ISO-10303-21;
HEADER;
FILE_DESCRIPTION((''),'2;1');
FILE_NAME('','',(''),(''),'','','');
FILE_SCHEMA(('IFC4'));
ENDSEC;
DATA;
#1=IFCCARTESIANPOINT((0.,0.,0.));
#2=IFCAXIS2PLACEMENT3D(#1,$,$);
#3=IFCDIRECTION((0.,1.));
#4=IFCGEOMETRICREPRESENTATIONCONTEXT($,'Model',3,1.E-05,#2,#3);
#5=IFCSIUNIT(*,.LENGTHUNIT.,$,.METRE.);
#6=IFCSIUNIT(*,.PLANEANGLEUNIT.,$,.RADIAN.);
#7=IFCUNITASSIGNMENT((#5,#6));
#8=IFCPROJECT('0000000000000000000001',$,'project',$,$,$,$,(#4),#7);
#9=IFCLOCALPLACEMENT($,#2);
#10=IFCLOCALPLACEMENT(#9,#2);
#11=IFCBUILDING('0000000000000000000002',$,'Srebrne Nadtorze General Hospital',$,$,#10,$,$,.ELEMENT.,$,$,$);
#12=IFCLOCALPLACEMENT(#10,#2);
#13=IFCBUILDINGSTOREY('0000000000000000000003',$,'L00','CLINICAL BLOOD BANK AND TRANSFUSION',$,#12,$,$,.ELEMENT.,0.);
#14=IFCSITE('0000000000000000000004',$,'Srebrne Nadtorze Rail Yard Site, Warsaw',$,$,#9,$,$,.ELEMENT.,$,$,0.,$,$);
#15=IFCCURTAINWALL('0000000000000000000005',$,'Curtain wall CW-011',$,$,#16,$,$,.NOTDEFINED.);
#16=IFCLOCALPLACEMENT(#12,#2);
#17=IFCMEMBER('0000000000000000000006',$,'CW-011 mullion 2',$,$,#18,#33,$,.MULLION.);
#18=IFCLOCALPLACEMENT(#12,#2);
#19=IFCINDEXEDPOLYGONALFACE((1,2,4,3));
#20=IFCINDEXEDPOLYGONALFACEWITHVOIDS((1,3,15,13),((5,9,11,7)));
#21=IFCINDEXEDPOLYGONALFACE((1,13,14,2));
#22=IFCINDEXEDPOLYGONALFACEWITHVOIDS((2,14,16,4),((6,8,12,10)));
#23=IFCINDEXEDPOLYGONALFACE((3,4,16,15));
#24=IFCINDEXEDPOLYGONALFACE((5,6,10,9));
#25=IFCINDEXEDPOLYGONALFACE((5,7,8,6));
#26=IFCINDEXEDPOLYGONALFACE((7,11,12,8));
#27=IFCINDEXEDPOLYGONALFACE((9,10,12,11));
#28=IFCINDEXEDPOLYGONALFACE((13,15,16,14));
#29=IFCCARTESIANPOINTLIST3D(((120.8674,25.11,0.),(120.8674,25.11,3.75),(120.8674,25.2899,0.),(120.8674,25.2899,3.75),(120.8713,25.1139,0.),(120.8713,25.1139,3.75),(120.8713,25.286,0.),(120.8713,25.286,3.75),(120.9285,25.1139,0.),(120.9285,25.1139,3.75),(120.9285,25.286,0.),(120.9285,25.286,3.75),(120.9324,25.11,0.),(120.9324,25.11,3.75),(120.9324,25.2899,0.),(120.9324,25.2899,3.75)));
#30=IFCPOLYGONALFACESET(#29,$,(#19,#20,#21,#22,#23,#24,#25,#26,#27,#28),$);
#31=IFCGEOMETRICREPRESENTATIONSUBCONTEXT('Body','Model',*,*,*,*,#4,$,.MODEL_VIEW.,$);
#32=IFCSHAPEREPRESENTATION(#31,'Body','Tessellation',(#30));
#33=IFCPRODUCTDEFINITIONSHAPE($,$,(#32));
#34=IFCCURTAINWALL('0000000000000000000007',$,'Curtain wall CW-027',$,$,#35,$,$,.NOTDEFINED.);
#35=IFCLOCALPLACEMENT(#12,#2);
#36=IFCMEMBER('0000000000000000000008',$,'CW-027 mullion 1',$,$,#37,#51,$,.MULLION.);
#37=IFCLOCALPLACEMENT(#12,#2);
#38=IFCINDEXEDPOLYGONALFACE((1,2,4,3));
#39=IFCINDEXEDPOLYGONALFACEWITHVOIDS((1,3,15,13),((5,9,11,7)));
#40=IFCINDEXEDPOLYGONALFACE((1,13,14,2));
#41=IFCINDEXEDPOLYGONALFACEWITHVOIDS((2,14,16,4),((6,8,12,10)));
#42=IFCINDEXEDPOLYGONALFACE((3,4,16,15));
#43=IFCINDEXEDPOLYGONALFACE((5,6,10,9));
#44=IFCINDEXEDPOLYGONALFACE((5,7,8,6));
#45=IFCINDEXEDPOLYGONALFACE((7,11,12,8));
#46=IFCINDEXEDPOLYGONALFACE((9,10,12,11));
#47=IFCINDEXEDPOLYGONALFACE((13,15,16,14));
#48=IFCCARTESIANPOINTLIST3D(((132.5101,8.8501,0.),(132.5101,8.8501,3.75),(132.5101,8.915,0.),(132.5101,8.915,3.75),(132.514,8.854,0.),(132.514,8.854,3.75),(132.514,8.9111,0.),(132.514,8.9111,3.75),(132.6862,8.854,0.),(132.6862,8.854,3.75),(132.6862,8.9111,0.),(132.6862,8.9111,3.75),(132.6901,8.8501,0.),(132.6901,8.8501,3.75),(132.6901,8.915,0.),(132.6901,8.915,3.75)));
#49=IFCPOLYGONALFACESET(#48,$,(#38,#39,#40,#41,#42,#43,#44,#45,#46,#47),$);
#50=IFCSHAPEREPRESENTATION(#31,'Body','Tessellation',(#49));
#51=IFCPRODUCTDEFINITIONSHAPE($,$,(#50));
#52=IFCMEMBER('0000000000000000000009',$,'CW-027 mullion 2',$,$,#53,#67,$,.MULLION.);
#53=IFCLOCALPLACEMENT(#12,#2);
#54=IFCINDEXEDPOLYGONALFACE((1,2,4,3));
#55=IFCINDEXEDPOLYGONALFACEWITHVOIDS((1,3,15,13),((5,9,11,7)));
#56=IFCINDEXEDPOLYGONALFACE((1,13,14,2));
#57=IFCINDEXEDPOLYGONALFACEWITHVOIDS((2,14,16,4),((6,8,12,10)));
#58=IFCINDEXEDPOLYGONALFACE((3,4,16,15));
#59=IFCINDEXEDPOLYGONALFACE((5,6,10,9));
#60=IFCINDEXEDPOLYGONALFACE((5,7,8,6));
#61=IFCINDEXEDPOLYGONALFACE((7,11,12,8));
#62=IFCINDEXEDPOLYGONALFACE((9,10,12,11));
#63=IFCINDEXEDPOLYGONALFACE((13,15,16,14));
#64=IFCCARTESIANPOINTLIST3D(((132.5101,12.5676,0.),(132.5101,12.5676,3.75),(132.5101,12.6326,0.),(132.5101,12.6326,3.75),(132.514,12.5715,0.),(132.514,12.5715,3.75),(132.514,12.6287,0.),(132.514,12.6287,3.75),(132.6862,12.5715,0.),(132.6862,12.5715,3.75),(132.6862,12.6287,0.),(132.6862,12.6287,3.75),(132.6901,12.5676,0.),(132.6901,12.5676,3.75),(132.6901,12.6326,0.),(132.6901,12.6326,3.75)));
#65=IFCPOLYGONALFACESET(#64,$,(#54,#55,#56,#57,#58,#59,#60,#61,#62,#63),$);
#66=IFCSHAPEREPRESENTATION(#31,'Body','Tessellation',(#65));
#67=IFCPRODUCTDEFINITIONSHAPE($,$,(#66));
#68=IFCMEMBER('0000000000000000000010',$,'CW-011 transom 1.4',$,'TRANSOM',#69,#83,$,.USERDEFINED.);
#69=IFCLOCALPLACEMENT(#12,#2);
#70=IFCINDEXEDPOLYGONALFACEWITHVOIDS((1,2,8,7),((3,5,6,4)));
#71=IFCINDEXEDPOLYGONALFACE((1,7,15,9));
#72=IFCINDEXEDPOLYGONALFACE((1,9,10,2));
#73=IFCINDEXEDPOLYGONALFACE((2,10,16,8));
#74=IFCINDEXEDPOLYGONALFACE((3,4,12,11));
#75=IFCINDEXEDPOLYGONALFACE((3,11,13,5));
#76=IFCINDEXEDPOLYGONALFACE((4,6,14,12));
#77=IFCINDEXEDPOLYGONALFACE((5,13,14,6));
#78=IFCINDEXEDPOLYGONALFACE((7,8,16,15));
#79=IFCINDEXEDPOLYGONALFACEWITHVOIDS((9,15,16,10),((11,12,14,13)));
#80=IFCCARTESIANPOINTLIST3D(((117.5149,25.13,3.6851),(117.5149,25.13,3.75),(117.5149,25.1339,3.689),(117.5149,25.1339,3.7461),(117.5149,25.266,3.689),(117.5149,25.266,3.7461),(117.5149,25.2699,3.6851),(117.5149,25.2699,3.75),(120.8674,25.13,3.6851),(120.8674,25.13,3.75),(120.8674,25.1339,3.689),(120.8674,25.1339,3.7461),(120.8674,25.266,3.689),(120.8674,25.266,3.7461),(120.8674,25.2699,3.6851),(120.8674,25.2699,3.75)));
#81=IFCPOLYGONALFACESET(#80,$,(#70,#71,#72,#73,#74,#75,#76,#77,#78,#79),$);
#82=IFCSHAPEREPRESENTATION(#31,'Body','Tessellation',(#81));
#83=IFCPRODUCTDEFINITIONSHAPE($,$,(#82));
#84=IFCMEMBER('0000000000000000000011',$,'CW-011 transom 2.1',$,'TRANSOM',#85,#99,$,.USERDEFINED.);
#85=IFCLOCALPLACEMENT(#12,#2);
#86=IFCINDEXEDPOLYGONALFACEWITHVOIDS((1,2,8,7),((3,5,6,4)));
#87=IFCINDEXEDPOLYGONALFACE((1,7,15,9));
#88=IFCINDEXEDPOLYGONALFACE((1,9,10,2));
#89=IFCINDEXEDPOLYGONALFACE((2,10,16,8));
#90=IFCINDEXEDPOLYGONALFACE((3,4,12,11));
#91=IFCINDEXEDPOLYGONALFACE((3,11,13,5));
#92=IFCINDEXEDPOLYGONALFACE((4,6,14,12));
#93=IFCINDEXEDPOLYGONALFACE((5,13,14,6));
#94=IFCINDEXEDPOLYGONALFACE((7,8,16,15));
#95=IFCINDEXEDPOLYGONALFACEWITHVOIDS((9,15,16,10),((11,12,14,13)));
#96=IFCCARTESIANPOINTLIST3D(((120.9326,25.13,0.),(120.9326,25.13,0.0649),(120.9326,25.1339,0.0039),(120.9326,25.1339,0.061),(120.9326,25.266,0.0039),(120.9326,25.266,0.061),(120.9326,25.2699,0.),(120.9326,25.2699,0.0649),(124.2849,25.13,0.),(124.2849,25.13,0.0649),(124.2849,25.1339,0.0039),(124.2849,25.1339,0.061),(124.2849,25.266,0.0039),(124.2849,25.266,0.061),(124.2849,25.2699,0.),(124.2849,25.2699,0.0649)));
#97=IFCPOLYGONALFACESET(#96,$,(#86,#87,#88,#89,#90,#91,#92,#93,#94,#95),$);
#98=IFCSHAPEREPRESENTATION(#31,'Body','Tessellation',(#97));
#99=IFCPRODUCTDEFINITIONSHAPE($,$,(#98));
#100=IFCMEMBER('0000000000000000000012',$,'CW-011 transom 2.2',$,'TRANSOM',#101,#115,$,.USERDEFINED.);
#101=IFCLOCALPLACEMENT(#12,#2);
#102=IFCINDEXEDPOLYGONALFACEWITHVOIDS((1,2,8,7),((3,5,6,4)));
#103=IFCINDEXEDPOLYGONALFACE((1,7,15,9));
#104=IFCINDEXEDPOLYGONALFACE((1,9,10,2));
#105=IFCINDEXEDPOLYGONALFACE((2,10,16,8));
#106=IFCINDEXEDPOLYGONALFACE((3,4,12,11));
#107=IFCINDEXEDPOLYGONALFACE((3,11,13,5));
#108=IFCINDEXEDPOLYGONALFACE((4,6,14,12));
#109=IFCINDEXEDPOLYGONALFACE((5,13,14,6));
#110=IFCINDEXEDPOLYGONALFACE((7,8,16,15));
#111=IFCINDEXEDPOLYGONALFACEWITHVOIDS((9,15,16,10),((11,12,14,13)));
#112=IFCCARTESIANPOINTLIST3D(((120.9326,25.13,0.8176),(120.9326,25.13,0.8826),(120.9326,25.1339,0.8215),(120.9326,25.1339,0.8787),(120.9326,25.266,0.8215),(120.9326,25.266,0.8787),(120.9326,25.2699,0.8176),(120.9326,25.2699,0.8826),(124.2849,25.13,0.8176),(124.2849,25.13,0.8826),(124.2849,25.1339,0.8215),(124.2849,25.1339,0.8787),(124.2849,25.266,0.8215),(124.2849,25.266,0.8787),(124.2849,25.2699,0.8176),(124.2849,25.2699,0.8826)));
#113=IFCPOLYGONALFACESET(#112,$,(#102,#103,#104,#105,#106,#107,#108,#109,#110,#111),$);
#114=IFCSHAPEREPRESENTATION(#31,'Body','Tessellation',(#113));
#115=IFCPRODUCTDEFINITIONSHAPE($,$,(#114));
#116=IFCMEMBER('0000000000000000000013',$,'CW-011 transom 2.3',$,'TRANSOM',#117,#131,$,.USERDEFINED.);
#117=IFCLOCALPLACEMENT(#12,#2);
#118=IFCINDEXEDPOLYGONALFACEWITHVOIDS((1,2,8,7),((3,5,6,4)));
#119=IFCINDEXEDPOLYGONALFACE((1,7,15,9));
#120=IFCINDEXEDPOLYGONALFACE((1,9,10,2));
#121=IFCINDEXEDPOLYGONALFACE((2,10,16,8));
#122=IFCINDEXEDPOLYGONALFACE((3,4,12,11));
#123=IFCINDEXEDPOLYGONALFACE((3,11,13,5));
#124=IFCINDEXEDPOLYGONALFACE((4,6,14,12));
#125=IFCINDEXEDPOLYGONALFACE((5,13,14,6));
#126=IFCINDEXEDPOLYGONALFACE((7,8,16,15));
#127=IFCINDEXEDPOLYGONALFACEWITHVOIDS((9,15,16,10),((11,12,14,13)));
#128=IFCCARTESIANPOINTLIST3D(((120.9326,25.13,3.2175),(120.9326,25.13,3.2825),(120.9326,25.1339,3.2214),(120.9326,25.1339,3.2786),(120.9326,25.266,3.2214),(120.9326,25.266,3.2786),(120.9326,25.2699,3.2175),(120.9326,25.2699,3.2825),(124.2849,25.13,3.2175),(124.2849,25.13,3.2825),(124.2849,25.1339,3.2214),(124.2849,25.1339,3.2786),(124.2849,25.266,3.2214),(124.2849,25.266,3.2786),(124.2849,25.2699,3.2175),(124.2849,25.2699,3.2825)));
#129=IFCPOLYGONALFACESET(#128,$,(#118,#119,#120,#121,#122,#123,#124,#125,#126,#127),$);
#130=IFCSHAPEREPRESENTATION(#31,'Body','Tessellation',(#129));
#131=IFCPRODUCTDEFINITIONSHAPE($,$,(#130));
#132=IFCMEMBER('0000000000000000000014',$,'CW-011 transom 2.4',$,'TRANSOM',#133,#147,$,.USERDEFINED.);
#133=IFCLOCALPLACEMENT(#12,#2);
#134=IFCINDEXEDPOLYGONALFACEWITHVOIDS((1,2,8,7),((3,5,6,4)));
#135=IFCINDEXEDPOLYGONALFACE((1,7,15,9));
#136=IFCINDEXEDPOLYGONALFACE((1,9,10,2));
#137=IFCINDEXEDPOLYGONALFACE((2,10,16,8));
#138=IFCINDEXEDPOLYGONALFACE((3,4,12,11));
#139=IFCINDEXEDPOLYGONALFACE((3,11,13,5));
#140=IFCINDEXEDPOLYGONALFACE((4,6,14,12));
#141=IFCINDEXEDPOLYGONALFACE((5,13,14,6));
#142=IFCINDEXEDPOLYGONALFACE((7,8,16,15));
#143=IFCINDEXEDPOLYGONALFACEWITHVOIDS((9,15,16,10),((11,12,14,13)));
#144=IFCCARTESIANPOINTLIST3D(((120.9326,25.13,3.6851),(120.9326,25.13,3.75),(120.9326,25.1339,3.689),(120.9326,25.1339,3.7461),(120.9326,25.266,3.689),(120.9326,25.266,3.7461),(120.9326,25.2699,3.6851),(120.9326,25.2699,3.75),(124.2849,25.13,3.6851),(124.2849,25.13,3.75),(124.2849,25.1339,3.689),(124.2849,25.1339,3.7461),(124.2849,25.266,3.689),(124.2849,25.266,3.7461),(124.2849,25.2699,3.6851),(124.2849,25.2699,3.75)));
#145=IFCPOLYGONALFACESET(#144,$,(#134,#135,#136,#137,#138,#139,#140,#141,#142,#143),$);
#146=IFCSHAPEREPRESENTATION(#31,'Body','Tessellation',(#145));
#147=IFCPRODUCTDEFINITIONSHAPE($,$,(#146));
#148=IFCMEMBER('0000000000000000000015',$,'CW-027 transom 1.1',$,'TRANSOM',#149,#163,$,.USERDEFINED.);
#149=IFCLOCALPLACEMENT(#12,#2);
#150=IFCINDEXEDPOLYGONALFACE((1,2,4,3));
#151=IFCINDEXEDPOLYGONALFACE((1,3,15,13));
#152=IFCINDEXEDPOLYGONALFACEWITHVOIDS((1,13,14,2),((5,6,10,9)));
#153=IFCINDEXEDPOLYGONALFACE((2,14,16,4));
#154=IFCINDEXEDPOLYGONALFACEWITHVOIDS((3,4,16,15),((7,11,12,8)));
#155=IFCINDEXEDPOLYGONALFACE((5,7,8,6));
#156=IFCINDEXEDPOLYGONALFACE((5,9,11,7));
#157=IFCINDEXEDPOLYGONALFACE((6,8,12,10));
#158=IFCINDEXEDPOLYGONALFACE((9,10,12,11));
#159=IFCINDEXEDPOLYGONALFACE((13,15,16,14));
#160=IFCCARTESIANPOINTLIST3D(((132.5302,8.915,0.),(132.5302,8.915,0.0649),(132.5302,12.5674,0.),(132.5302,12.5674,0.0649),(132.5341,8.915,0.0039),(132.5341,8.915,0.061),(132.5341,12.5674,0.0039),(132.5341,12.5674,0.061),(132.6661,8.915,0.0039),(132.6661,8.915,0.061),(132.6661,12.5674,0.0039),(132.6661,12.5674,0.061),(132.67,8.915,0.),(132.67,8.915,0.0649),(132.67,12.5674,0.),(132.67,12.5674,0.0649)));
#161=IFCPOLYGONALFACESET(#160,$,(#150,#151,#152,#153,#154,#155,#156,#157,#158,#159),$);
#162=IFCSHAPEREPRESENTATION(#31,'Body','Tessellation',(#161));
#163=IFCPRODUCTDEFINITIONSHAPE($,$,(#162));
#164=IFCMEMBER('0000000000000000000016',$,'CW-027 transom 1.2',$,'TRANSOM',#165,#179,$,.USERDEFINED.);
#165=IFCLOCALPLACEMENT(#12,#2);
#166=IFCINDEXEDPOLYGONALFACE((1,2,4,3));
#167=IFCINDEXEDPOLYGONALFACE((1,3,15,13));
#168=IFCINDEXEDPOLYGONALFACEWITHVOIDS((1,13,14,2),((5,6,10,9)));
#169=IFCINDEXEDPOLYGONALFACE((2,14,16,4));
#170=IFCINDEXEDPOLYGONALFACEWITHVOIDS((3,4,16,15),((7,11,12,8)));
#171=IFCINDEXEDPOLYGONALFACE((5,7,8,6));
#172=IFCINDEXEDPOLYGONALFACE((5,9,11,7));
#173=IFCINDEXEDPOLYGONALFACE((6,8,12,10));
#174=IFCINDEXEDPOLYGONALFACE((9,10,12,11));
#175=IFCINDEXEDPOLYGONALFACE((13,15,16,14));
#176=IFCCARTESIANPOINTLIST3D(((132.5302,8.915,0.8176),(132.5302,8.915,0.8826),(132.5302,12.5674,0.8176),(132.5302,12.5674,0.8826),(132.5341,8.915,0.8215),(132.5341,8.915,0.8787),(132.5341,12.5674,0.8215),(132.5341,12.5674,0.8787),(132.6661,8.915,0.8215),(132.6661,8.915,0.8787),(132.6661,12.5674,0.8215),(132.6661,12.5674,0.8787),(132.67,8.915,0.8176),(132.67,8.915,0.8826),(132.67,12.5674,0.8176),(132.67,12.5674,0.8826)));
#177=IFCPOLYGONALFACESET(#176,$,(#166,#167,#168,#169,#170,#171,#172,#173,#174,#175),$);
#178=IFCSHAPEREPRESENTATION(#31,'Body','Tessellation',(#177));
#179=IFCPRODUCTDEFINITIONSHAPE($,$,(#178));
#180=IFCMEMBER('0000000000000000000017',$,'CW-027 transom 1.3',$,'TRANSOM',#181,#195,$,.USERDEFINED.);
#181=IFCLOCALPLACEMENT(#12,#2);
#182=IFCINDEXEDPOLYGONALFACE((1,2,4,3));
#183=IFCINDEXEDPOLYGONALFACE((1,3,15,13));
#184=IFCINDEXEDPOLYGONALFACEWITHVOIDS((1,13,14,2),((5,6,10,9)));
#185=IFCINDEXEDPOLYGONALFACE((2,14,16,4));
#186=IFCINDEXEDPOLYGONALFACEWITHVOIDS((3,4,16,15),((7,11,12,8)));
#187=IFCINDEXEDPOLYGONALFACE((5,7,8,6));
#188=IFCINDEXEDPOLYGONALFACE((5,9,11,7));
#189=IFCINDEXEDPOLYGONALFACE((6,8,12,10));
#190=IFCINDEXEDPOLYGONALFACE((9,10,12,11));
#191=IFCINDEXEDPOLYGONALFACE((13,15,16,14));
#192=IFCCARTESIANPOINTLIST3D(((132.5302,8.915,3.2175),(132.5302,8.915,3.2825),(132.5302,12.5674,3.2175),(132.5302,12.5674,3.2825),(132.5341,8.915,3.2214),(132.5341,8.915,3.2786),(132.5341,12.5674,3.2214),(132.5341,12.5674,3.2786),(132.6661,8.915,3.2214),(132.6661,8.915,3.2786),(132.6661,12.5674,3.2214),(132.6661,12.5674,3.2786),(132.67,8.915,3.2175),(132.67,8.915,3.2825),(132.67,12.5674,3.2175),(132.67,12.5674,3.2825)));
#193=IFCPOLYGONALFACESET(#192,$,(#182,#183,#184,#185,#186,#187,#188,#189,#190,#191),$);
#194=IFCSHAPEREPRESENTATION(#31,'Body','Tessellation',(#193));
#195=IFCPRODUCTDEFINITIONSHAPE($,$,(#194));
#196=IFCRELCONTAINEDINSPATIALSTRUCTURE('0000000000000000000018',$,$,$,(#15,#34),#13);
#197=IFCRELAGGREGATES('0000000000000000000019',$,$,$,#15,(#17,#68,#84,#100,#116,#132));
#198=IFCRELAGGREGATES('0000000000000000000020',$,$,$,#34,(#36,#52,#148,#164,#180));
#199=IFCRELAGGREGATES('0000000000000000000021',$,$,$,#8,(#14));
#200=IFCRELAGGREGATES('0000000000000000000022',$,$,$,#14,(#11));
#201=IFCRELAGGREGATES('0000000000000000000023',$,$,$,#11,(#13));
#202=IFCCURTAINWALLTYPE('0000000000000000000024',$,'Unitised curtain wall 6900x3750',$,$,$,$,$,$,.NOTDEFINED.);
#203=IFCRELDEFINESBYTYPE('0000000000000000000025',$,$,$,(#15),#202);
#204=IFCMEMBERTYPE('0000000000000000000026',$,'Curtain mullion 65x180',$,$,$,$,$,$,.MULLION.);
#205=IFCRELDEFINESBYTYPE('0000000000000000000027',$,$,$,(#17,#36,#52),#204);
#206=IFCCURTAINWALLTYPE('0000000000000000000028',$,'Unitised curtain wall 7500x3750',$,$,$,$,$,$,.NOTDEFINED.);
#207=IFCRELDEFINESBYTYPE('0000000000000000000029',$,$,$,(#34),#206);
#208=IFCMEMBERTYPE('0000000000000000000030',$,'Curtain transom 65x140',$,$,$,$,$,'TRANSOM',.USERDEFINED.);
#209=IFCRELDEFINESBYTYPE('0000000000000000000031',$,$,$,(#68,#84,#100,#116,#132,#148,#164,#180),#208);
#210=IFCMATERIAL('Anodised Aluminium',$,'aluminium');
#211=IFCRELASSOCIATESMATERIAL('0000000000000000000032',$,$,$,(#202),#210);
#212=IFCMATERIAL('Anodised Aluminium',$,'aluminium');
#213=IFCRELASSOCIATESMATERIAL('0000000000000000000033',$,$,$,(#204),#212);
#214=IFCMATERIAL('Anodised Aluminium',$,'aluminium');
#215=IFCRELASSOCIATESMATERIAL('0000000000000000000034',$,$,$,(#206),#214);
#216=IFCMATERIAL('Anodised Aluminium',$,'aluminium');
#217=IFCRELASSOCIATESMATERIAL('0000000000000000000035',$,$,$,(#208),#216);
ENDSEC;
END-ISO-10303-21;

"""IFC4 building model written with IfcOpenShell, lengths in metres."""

from ifc_helpers import new_model, si_unit, direction, frame, origin, origin_2d, place, context, subcontext, project, spatial, hollow_rectangle, extrude, material, material_profile, profile_set, type_object, element, aggregate, save


model = new_model("IFC4")

# Units and contexts
model_context = context("Model", 3, precision=1e-05, world=origin(), true_north=direction((0.0, 1.0)))
body_context = subcontext(model_context, "Body", "Model", "MODEL_VIEW")
ifc_project = project(units=[si_unit("LENGTHUNIT", "METRE"), si_unit("PLANEANGLEUNIT", "RADIAN")], contexts=[model_context])

# Site, building, storey
site_placement = place(None, origin())
site = spatial("IfcSite", under=ifc_project, at=site_placement, Name="Srebrne Nadtorze Rail Yard Site, Warsaw", CompositionType="ELEMENT", RefElevation=0.0)
building_placement = place(site_placement, origin())
building = spatial("IfcBuilding", under=site, at=building_placement, Name="Srebrne Nadtorze General Hospital", CompositionType="ELEMENT")
storey_placement = place(building_placement, origin())
storey = spatial("IfcBuildingStorey", under=building, at=storey_placement, Name="L00", Description="CLINICAL BLOOD BANK AND TRANSFUSION", CompositionType="ELEMENT", Elevation=0.0)

# Curtain wall, member
ifc_material_1 = material(Name="Anodised Aluminium", Category="aluminium")
curtain_wall_type_1 = type_object("IfcCurtainWallType", Name="Unitised curtain wall 6900x3750", PredefinedType="NOTDEFINED", material=ifc_material_1)
curtain_wall_1_placement = place(storey_placement, origin())
curtain_wall_1 = element("IfcCurtainWall", 1, at=curtain_wall_1_placement, inside=storey, type_object=curtain_wall_type_1, Name="Curtain wall CW-011", PredefinedType="NOTDEFINED")
ifc_material_2 = material(Name="Anodised Aluminium", Category="aluminium")
ifc_material_profile_1 = material_profile(ifc_material_2, hollow_rectangle(XDim=0.0649, YDim=0.1799, WallThickness=0.0039, at=origin_2d()), Name="AL-MUL-65x180")
ifc_profile_set_1 = profile_set([ifc_material_profile_1], Name="Anodised Aluminium")
member_type_1 = type_object("IfcMemberType", Name="Curtain mullion 65x180", PredefinedType="MULLION", material=ifc_profile_set_1)
member_1_placement = place(storey_placement, frame((120.8999, 25.2, 0.0), z_axis=(0.0, 0.0, 1.0), x_axis=(1.0, 0.0, 0.0)))
member_1 = element("IfcMember", 2, at=member_1_placement, type_object=member_type_1, Name="CW-011 mullion 2", PredefinedType="MULLION", context=body_context, shape_type="SweptSolid", body=[
    extrude(hollow_rectangle(XDim=0.0649, YDim=0.1799, WallThickness=0.0039, at=origin_2d()), origin(), (0.0, 0.0, 1.0), 3.75),
])

# Curtain wall, members
ifc_material_3 = material(Name="Anodised Aluminium", Category="aluminium")
curtain_wall_type_2 = type_object("IfcCurtainWallType", Name="Unitised curtain wall 7500x3750", PredefinedType="NOTDEFINED", material=ifc_material_3)
curtain_wall_2_placement = place(storey_placement, origin())
curtain_wall_2 = element("IfcCurtainWall", 3, at=curtain_wall_2_placement, inside=storey, type_object=curtain_wall_type_2, Name="Curtain wall CW-027", PredefinedType="NOTDEFINED")
member_2_placement = place(storey_placement, frame((132.6001, 8.8826, 0.0), z_axis=(0.0, 0.0, 1.0), x_axis=(0.0, 1.0, 0.0)))
member_2 = element("IfcMember", 4, at=member_2_placement, type_object=member_type_1, Name="CW-027 mullion 1", PredefinedType="MULLION", context=body_context, shape_type="SweptSolid", body=[
    extrude(hollow_rectangle(XDim=0.0649, YDim=0.1799, WallThickness=0.0039, at=origin_2d()), origin(), (0.0, 0.0, 1.0), 3.75),
])
member_3_placement = place(storey_placement, frame((132.6001, 12.6001, 0.0), z_axis=(0.0, 0.0, 1.0), x_axis=(0.0, 1.0, 0.0)))
member_3 = element("IfcMember", 5, at=member_3_placement, type_object=member_type_1, Name="CW-027 mullion 2", PredefinedType="MULLION", context=body_context, shape_type="SweptSolid", body=[
    extrude(hollow_rectangle(XDim=0.0649, YDim=0.1799, WallThickness=0.0039, at=origin_2d()), origin(), (0.0, 0.0, 1.0), 3.75),
])

# Members
ifc_material_4 = material(Name="Anodised Aluminium", Category="aluminium")
ifc_material_profile_2 = material_profile(ifc_material_4, hollow_rectangle(XDim=0.0649, YDim=0.1399, WallThickness=0.0039, at=origin_2d()), Name="AL-TRN-65x140")
ifc_profile_set_2 = profile_set([ifc_material_profile_2], Name="Anodised Aluminium")
member_type_2 = type_object("IfcMemberType", Name="Curtain transom 65x140", ElementType="TRANSOM", PredefinedType="USERDEFINED", material=ifc_profile_set_2)
member_4_placement = place(storey_placement, frame((117.5149, 25.2, 3.7175), z_axis=(1.0, 0.0, 0.0), x_axis=(0.0, 0.0, 1.0)))
member_4 = element("IfcMember", 6, at=member_4_placement, type_object=member_type_2, Name="CW-011 transom 1.4", ObjectType="TRANSOM", PredefinedType="USERDEFINED", context=body_context, shape_type="SweptSolid", body=[
    extrude(hollow_rectangle(XDim=0.0649, YDim=0.1399, WallThickness=0.0039, at=origin_2d()), origin(), (0.0, 0.0, 1.0), 3.3525),
])
member_5_placement = place(storey_placement, frame((120.9326, 25.2, 0.0325), z_axis=(1.0, 0.0, 0.0), x_axis=(0.0, 0.0, 1.0)))
member_5 = element("IfcMember", 7, at=member_5_placement, type_object=member_type_2, Name="CW-011 transom 2.1", ObjectType="TRANSOM", PredefinedType="USERDEFINED", context=body_context, shape_type="SweptSolid", body=[
    extrude(hollow_rectangle(XDim=0.0649, YDim=0.1399, WallThickness=0.0039, at=origin_2d()), origin(), (0.0, 0.0, 1.0), 3.3523),
])
member_6_placement = place(storey_placement, frame((120.9326, 25.2, 0.8501), z_axis=(1.0, 0.0, 0.0), x_axis=(0.0, 0.0, 1.0)))
member_6 = element("IfcMember", 8, at=member_6_placement, type_object=member_type_2, Name="CW-011 transom 2.2", ObjectType="TRANSOM", PredefinedType="USERDEFINED", context=body_context, shape_type="SweptSolid", body=[
    extrude(hollow_rectangle(XDim=0.0649, YDim=0.1399, WallThickness=0.0039, at=origin_2d()), origin(), (0.0, 0.0, 1.0), 3.3523),
])
member_7_placement = place(storey_placement, frame((120.9326, 25.2, 3.25), z_axis=(1.0, 0.0, 0.0), x_axis=(0.0, 0.0, 1.0)))
member_7 = element("IfcMember", 9, at=member_7_placement, type_object=member_type_2, Name="CW-011 transom 2.3", ObjectType="TRANSOM", PredefinedType="USERDEFINED", context=body_context, shape_type="SweptSolid", body=[
    extrude(hollow_rectangle(XDim=0.0649, YDim=0.1399, WallThickness=0.0039, at=origin_2d()), origin(), (0.0, 0.0, 1.0), 3.3523),
])
member_8_placement = place(storey_placement, frame((120.9326, 25.2, 3.7175), z_axis=(1.0, 0.0, 0.0), x_axis=(0.0, 0.0, 1.0)))
member_8 = element("IfcMember", 10, at=member_8_placement, type_object=member_type_2, Name="CW-011 transom 2.4", ObjectType="TRANSOM", PredefinedType="USERDEFINED", context=body_context, shape_type="SweptSolid", body=[
    extrude(hollow_rectangle(XDim=0.0649, YDim=0.1399, WallThickness=0.0039, at=origin_2d()), origin(), (0.0, 0.0, 1.0), 3.3523),
])
member_9_placement = place(storey_placement, frame((132.6001, 8.915, 0.0325), z_axis=(0.0, 1.0, 0.0), x_axis=(0.0, 0.0, 1.0)))
member_9 = element("IfcMember", 11, at=member_9_placement, type_object=member_type_2, Name="CW-027 transom 1.1", ObjectType="TRANSOM", PredefinedType="USERDEFINED", context=body_context, shape_type="SweptSolid", body=[
    extrude(hollow_rectangle(XDim=0.0649, YDim=0.1399, WallThickness=0.0039, at=origin_2d()), origin(), (0.0, 0.0, 1.0), 3.6523),
])
member_10_placement = place(storey_placement, frame((132.6001, 8.915, 0.8501), z_axis=(0.0, 1.0, 0.0), x_axis=(0.0, 0.0, 1.0)))
member_10 = element("IfcMember", 12, at=member_10_placement, type_object=member_type_2, Name="CW-027 transom 1.2", ObjectType="TRANSOM", PredefinedType="USERDEFINED", context=body_context, shape_type="SweptSolid", body=[
    extrude(hollow_rectangle(XDim=0.0649, YDim=0.1399, WallThickness=0.0039, at=origin_2d()), origin(), (0.0, 0.0, 1.0), 3.6523),
])
member_11_placement = place(storey_placement, frame((132.6001, 8.915, 3.25), z_axis=(0.0, 1.0, 0.0), x_axis=(0.0, 0.0, 1.0)))
member_11 = element("IfcMember", 13, at=member_11_placement, type_object=member_type_2, Name="CW-027 transom 1.3", ObjectType="TRANSOM", PredefinedType="USERDEFINED", context=body_context, shape_type="SweptSolid", body=[
    extrude(hollow_rectangle(XDim=0.0649, YDim=0.1399, WallThickness=0.0039, at=origin_2d()), origin(), (0.0, 0.0, 1.0), 3.6523),
])

aggregate(curtain_wall_1, [member_1, member_4, member_5, member_6, member_7, member_8])
aggregate(curtain_wall_2, [member_2, member_3, member_9, member_10, member_11])

save(model, "model.ifc")
